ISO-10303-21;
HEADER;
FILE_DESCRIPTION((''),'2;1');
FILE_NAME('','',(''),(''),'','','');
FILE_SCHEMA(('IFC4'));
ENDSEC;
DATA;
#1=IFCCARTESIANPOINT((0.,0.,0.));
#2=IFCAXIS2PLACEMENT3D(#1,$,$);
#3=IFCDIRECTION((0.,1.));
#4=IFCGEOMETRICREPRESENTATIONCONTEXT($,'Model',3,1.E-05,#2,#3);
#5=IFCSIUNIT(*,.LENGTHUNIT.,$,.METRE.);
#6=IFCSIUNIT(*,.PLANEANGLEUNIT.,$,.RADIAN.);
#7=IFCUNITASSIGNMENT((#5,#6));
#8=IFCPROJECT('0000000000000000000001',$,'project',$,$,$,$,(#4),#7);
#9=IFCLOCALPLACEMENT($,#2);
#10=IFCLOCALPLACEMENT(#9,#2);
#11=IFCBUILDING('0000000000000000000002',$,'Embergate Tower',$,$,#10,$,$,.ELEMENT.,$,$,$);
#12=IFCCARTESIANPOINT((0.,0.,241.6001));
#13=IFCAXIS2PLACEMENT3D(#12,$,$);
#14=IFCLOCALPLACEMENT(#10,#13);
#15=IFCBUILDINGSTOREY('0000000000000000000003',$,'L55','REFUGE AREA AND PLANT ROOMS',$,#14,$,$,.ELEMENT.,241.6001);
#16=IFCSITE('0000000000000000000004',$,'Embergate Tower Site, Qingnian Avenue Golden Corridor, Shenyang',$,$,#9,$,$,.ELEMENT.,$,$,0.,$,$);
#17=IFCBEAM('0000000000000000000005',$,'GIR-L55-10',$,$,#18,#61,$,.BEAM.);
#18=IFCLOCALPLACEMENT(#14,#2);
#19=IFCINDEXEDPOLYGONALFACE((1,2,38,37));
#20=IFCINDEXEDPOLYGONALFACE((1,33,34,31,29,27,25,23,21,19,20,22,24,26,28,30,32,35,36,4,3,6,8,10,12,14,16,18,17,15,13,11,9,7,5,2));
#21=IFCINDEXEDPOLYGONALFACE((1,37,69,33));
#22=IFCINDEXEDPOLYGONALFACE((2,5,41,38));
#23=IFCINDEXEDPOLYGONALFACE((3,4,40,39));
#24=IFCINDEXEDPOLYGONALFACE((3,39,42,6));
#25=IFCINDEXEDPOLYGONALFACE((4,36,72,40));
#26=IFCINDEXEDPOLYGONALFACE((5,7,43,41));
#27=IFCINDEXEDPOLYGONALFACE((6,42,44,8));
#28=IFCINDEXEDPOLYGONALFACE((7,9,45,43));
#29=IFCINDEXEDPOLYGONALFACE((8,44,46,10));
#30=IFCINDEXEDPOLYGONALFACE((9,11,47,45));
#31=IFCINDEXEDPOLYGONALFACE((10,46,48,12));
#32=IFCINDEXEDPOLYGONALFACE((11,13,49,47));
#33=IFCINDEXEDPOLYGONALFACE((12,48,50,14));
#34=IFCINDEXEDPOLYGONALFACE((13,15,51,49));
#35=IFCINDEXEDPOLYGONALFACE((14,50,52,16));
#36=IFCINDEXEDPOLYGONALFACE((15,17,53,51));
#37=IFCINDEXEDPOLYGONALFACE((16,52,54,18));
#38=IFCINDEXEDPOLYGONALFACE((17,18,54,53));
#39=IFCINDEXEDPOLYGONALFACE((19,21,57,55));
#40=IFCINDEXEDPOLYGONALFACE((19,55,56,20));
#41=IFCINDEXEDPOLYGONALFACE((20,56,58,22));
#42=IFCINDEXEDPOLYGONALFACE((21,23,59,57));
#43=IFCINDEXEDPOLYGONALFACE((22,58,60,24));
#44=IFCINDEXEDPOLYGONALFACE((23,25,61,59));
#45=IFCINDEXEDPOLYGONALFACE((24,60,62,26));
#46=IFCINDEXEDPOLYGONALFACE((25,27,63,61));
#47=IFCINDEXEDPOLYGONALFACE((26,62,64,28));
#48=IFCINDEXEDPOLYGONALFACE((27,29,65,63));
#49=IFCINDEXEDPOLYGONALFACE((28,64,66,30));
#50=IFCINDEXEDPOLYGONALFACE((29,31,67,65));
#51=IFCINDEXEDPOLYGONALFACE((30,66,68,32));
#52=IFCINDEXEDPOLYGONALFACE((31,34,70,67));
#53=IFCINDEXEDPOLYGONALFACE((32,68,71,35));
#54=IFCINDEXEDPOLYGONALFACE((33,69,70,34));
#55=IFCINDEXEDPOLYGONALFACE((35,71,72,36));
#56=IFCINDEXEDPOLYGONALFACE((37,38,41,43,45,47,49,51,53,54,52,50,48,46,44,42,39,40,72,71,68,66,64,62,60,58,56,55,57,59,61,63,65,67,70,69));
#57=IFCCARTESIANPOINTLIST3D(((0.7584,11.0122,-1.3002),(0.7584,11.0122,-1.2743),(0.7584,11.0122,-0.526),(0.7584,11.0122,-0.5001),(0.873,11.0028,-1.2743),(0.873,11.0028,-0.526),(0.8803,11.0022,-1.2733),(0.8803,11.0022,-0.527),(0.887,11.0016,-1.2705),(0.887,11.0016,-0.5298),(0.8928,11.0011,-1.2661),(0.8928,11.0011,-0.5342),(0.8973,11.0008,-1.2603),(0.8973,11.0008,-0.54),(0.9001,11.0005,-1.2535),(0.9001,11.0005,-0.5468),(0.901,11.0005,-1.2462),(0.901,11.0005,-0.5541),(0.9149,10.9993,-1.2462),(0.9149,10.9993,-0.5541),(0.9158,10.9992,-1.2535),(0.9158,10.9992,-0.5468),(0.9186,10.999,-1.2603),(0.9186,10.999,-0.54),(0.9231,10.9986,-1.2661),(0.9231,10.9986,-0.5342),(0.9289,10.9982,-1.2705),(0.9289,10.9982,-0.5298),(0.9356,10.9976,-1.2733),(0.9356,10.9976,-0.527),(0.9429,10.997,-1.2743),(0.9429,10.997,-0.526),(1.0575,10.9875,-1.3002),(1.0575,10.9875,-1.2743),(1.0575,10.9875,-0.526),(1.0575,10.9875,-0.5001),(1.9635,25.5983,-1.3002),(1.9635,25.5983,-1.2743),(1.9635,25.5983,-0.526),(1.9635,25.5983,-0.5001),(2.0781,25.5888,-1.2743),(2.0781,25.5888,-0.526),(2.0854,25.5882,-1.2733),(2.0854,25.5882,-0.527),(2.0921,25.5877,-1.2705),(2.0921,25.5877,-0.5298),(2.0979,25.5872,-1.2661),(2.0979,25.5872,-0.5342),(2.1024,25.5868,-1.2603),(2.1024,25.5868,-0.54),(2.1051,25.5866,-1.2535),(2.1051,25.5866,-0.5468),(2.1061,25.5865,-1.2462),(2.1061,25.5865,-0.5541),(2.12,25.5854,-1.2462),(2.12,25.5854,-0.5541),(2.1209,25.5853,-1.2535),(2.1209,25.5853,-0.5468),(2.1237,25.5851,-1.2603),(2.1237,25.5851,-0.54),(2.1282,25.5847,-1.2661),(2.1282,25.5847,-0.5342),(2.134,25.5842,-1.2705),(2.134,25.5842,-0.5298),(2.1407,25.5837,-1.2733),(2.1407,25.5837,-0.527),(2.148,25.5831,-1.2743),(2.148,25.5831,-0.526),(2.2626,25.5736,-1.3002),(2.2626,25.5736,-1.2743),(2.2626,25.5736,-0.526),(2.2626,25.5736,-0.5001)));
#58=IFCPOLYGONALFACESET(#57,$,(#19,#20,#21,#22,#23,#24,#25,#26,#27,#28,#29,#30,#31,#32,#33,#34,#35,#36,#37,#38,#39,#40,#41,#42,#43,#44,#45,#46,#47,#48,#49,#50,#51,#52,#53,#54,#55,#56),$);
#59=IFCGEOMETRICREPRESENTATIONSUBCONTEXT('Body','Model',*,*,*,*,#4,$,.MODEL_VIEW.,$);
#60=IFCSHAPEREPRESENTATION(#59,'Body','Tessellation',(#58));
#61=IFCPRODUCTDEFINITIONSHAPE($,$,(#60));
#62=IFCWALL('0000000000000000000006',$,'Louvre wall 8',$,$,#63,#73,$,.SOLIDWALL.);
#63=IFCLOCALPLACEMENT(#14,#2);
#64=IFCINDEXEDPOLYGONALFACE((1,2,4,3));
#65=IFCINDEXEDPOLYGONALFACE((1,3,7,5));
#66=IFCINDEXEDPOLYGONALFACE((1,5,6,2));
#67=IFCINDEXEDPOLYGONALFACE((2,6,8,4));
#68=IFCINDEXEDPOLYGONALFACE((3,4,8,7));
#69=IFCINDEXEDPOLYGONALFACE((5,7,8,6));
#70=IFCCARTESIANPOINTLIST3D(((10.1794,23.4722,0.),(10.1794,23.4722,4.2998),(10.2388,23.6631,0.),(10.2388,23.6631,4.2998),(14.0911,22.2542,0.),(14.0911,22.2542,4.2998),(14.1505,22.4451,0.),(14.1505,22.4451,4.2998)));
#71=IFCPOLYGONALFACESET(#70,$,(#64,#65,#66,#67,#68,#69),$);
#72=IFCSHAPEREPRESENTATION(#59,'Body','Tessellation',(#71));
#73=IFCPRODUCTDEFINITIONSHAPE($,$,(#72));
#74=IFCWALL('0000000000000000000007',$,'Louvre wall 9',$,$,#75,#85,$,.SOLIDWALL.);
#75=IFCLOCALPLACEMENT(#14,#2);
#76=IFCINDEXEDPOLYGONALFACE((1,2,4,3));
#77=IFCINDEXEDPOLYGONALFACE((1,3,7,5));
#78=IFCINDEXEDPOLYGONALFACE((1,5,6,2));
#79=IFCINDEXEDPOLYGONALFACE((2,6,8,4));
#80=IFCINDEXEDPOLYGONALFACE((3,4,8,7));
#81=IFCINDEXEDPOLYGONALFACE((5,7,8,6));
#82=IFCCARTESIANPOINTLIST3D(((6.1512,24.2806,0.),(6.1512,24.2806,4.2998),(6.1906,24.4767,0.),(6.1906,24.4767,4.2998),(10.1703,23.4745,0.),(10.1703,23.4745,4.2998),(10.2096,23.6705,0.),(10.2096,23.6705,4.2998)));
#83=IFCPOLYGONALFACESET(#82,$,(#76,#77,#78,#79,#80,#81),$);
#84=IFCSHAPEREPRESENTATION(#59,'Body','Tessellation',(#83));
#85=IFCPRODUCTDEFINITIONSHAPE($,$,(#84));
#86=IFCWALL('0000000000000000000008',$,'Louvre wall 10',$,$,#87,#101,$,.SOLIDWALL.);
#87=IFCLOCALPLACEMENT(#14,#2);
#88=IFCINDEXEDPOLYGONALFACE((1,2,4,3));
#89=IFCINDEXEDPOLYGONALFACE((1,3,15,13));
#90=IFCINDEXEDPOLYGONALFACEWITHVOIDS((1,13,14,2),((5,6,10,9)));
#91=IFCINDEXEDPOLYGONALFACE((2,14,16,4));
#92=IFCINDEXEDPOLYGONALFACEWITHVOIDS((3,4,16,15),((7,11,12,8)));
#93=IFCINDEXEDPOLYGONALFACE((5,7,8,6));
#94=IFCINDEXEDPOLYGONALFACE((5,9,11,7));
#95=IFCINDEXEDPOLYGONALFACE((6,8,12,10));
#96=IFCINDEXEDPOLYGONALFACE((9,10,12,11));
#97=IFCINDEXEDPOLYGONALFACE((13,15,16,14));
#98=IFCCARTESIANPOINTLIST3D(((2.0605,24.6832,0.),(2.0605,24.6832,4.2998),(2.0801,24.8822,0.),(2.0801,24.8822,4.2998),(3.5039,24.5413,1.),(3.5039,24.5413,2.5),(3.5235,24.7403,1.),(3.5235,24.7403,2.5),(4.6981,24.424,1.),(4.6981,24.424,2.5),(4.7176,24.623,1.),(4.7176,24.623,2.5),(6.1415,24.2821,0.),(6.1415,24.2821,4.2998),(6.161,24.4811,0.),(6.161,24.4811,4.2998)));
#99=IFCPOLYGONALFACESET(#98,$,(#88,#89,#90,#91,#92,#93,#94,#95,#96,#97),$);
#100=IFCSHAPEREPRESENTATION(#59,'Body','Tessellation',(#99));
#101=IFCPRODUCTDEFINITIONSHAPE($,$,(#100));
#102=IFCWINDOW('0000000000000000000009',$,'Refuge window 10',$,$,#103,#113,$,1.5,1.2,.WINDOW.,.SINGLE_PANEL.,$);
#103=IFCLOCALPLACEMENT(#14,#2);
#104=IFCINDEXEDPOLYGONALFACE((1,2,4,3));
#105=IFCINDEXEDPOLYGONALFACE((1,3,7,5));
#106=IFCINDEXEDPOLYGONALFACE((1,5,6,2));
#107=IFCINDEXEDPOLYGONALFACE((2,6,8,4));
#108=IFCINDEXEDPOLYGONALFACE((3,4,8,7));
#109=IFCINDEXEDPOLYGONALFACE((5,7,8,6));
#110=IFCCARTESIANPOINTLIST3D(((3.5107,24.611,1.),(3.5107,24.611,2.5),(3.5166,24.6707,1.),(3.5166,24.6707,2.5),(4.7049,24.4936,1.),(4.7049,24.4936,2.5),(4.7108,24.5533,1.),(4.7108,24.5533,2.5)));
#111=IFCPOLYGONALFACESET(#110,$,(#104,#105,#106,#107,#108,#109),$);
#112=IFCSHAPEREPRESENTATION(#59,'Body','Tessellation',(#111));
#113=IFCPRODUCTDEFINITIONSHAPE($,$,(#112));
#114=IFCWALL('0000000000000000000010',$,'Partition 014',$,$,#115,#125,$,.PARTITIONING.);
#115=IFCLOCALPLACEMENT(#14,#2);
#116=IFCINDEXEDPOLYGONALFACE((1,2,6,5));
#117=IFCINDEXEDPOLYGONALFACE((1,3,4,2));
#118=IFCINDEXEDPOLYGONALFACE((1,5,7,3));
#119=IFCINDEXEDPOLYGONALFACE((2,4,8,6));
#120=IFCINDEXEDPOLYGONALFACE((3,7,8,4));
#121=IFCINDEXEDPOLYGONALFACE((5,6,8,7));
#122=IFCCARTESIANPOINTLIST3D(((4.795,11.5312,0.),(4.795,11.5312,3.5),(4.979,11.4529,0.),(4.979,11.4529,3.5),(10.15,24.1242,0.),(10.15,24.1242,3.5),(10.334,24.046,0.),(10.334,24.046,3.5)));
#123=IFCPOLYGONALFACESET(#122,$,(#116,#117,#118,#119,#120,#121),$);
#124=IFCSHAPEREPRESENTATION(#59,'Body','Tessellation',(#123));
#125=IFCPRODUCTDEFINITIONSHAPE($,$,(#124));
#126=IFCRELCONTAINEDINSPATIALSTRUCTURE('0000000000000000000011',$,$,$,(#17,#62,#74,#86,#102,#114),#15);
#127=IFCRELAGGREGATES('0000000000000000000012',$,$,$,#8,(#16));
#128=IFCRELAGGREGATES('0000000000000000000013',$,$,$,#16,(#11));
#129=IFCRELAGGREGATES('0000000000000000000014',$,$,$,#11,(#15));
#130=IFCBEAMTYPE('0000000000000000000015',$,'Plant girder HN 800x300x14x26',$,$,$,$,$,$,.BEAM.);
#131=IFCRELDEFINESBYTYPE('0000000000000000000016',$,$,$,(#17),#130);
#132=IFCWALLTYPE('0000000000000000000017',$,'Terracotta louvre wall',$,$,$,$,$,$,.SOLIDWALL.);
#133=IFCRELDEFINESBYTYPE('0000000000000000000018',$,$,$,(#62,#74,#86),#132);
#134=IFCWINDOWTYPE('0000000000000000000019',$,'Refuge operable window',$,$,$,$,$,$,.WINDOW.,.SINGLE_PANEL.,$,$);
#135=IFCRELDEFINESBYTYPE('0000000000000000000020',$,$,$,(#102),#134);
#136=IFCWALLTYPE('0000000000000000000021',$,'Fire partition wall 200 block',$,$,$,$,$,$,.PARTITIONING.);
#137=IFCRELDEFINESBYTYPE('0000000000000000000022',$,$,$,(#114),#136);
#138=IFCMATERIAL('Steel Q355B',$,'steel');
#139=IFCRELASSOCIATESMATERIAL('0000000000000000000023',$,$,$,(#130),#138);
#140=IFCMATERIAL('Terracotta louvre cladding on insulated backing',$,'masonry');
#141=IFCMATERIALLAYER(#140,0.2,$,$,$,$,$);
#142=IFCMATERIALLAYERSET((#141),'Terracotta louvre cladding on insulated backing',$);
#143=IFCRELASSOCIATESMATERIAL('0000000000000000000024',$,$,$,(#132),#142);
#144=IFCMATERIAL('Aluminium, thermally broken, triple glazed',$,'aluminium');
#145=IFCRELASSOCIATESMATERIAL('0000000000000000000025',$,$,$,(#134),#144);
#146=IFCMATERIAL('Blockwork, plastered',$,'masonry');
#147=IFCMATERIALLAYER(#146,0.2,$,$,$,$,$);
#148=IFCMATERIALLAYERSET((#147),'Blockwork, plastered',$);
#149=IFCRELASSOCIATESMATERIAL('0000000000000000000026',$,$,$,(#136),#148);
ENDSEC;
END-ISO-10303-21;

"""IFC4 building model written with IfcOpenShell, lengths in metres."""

from ifc_helpers import new_model, si_unit, direction, frame, frame_2d, origin, origin_2d, place, context, subcontext, project, spatial, rectangle, i_section, extrude, source, transform, mapped, material, layer, layer_set, material_profile, profile_set, type_object, element, fill, save


model = new_model("IFC4")

# Units and contexts
model_context = context("Model", 3, precision=1e-05, world=origin(), true_north=direction((0.0, 1.0)))
body_context = subcontext(model_context, "Body", "Model", "MODEL_VIEW")
ifc_project = project(units=[si_unit("LENGTHUNIT", "METRE"), si_unit("PLANEANGLEUNIT", "RADIAN")], contexts=[model_context])

# Site, building, storey
site_placement = place(None, origin())
site = spatial("IfcSite", under=ifc_project, at=site_placement, Name="Embergate Tower Site, Qingnian Avenue Golden Corridor, Shenyang", CompositionType="ELEMENT", RefElevation=0.0)
building_placement = place(site_placement, origin())
building = spatial("IfcBuilding", under=site, at=building_placement, Name="Embergate Tower", CompositionType="ELEMENT")
storey_placement = place(building_placement, frame((0.0, 0.0, 241.6001)))
storey = spatial("IfcBuildingStorey", under=building, at=storey_placement, Name="L55", Description="REFUGE AREA AND PLANT ROOMS", CompositionType="ELEMENT", Elevation=241.6001)

# Beam
ifc_material_1 = material(Name="Steel Q355B", Category="steel")
ifc_material_profile_1 = material_profile(ifc_material_1, i_section(OverallWidth=0.3, OverallDepth=0.8, WebThickness=0.0139, FlangeThickness=0.0259, FilletRadius=0.0281, at=origin_2d()), Name="HN 800x300x14x26")
ifc_profile_set_1 = profile_set([ifc_material_profile_1], Name="Steel Q355 grade B")
beam_type_1 = type_object("IfcBeamType", Name="Plant girder HN 800x300x14x26", PredefinedType="BEAM", material=ifc_profile_set_1)
shared_shape_1 = source(origin(), body_context, "Body", "SweptSolid", [
    extrude(i_section(OverallWidth=0.3, OverallDepth=0.8, WebThickness=0.0139, FlangeThickness=0.0259, FilletRadius=0.0281, at=origin_2d()), origin(), (0.0, 0.0, 1.0), 14.6357),
])
beam_1_placement = place(storey_placement, frame((2.113, 25.5859, -0.9001), z_axis=(-0.082339, -0.996604, 0.0), x_axis=(0.996604, -0.082339, 0.0)))
element("IfcBeam", 1, at=beam_1_placement, inside=storey, type_object=beam_type_1, Name="GIR-L55-10", PredefinedType="BEAM", context=body_context, shape_type="MappedRepresentation", body=[
    mapped(shared_shape_1, transform((0.0, 0.0, 0.0))),
])

# Walls
ifc_material_2 = material(Name="Terracotta louvre cladding on insulated backing", Category="masonry")
ifc_layer_1 = layer(ifc_material_2, 0.2)
ifc_layer_set_1 = layer_set([ifc_layer_1], Name="Terracotta louvre cladding on insulated backing")
wall_type_1 = type_object("IfcWallType", Name="Terracotta louvre wall", PredefinedType="SOLIDWALL", material=ifc_layer_set_1)
shared_shape_2 = source(origin(), body_context, "Body", "SweptSolid", [
    extrude(rectangle(XDim=4.0969, YDim=0.2, at=frame_2d((2.0483, 0.0))), origin(), (0.0, 0.0, 1.0), 4.2998),
])
wall_1_placement = place(storey_placement, frame((10.2092, 23.5676, 0.0), z_axis=(0.0, 0.0, 1.0), x_axis=(0.954783, -0.297304, 0.0)))
element("IfcWall", 2, at=wall_1_placement, inside=storey, type_object=wall_type_1, Name="Louvre wall 8", PredefinedType="SOLIDWALL", context=body_context, shape_type="MappedRepresentation", body=[
    mapped(shared_shape_2, transform((0.0, 0.0, 0.0))),
])
shared_shape_3 = source(origin(), body_context, "Body", "SweptSolid", [
    extrude(rectangle(XDim=4.0991, YDim=0.2, at=frame_2d((2.0496, 0.0))), origin(), (0.0, 0.0, 1.0), 4.2998),
])
wall_2_placement = place(storey_placement, frame((6.1709, 24.3787, 0.0), z_axis=(0.0, 0.0, 1.0), x_axis=(0.980471, -0.196666, 0.0)))
element("IfcWall", 3, at=wall_2_placement, inside=storey, type_object=wall_type_1, Name="Louvre wall 9", PredefinedType="SOLIDWALL", context=body_context, shape_type="MappedRepresentation", body=[
    mapped(shared_shape_3, transform((0.0, 0.0, 0.0))),
])

# Wall, opening, window
shared_shape_4 = source(origin(), body_context, "Body", "SweptSolid", [
    extrude(rectangle(XDim=4.1006, YDim=0.2, at=frame_2d((2.0503, 0.0))), origin(), (0.0, 0.0, 1.0), 4.2998),
])
wall_3_placement = place(storey_placement, frame((2.0703, 24.7827, 0.0), z_axis=(0.0, 0.0, 1.0), x_axis=(0.995204, -0.097824, 0.0)))
wall_3 = element("IfcWall", 4, at=wall_3_placement, inside=storey, type_object=wall_type_1, Name="Louvre wall 10", PredefinedType="SOLIDWALL", context=body_context, shape_type="MappedRepresentation", body=[
    mapped(shared_shape_4, transform((0.0, 0.0, 0.0))),
])
shared_shape_5 = source(origin(), body_context, "Body", "SweptSolid", [
    extrude(rectangle(XDim=1.2, YDim=1.5, at=frame_2d((0.6001, 0.75))), frame((0.0, 0.1099, 0.0), z_axis=(0.0, -1.0, 0.0), x_axis=(1.0, 0.0, 0.0)), (0.0, 0.0, 1.0), 0.22),
])
opening_1_placement = place(wall_3_placement, frame((1.4502, 0.0, 1.0)))
opening_1 = element("IfcOpeningElement", 5, at=opening_1_placement, cuts=wall_3, PredefinedType="OPENING", context=body_context, shape_type="MappedRepresentation", body=[
    mapped(shared_shape_5, transform((0.0, 0.0, 0.0))),
])
ifc_material_3 = material(Name="Aluminium, thermally broken, triple glazed", Category="aluminium")
window_type = type_object("IfcWindowType", Name="Refuge operable window", PartitioningType="SINGLE_PANEL", PredefinedType="WINDOW", material=ifc_material_3)
shared_shape_6 = source(origin(), body_context, "Body", "SweptSolid", [
    extrude(rectangle(XDim=1.2, YDim=1.5, at=frame_2d((0.6001, 0.75))), frame((0.0, 0.03, 0.0), z_axis=(0.0, -1.0, 0.0), x_axis=(1.0, 0.0, 0.0)), (0.0, 0.0, 1.0), 0.0601),
])
window_placement = place(opening_1_placement, origin())
window = element("IfcWindow", 6, at=window_placement, inside=storey, type_object=window_type, Name="Refuge window 10", OverallHeight=1.5, OverallWidth=1.2, PartitioningType="SINGLE_PANEL", PredefinedType="WINDOW", context=body_context, shape_type="MappedRepresentation", body=[
    mapped(shared_shape_6, transform((0.0, 0.0, 0.0))),
])
fill(opening_1, window)

# Wall
ifc_material_4 = material(Name="Blockwork, plastered", Category="masonry")
ifc_layer_2 = layer(ifc_material_4, 0.2)
ifc_layer_set_2 = layer_set([ifc_layer_2], Name="Blockwork, plastered")
wall_type_2 = type_object("IfcWallType", Name="Fire partition wall 200 block", PredefinedType="PARTITIONING", material=ifc_layer_set_2)
shared_shape_7 = source(origin(), body_context, "Body", "SweptSolid", [
    extrude(rectangle(XDim=13.6843, YDim=0.2, at=frame_2d((6.8423, 0.0))), origin(), (0.0, 0.0, 1.0), 3.5),
])
wall_4_placement = place(storey_placement, frame((4.887, 11.4919, 0.0), z_axis=(0.0, 0.0, 1.0), x_axis=(0.391323, 0.920253, 0.0)))
element("IfcWall", 7, at=wall_4_placement, inside=storey, type_object=wall_type_2, Name="Partition 014", PredefinedType="PARTITIONING", context=body_context, shape_type="MappedRepresentation", body=[
    mapped(shared_shape_7, transform((0.0, 0.0, 0.0))),
])

save(model, "model.ifc")
